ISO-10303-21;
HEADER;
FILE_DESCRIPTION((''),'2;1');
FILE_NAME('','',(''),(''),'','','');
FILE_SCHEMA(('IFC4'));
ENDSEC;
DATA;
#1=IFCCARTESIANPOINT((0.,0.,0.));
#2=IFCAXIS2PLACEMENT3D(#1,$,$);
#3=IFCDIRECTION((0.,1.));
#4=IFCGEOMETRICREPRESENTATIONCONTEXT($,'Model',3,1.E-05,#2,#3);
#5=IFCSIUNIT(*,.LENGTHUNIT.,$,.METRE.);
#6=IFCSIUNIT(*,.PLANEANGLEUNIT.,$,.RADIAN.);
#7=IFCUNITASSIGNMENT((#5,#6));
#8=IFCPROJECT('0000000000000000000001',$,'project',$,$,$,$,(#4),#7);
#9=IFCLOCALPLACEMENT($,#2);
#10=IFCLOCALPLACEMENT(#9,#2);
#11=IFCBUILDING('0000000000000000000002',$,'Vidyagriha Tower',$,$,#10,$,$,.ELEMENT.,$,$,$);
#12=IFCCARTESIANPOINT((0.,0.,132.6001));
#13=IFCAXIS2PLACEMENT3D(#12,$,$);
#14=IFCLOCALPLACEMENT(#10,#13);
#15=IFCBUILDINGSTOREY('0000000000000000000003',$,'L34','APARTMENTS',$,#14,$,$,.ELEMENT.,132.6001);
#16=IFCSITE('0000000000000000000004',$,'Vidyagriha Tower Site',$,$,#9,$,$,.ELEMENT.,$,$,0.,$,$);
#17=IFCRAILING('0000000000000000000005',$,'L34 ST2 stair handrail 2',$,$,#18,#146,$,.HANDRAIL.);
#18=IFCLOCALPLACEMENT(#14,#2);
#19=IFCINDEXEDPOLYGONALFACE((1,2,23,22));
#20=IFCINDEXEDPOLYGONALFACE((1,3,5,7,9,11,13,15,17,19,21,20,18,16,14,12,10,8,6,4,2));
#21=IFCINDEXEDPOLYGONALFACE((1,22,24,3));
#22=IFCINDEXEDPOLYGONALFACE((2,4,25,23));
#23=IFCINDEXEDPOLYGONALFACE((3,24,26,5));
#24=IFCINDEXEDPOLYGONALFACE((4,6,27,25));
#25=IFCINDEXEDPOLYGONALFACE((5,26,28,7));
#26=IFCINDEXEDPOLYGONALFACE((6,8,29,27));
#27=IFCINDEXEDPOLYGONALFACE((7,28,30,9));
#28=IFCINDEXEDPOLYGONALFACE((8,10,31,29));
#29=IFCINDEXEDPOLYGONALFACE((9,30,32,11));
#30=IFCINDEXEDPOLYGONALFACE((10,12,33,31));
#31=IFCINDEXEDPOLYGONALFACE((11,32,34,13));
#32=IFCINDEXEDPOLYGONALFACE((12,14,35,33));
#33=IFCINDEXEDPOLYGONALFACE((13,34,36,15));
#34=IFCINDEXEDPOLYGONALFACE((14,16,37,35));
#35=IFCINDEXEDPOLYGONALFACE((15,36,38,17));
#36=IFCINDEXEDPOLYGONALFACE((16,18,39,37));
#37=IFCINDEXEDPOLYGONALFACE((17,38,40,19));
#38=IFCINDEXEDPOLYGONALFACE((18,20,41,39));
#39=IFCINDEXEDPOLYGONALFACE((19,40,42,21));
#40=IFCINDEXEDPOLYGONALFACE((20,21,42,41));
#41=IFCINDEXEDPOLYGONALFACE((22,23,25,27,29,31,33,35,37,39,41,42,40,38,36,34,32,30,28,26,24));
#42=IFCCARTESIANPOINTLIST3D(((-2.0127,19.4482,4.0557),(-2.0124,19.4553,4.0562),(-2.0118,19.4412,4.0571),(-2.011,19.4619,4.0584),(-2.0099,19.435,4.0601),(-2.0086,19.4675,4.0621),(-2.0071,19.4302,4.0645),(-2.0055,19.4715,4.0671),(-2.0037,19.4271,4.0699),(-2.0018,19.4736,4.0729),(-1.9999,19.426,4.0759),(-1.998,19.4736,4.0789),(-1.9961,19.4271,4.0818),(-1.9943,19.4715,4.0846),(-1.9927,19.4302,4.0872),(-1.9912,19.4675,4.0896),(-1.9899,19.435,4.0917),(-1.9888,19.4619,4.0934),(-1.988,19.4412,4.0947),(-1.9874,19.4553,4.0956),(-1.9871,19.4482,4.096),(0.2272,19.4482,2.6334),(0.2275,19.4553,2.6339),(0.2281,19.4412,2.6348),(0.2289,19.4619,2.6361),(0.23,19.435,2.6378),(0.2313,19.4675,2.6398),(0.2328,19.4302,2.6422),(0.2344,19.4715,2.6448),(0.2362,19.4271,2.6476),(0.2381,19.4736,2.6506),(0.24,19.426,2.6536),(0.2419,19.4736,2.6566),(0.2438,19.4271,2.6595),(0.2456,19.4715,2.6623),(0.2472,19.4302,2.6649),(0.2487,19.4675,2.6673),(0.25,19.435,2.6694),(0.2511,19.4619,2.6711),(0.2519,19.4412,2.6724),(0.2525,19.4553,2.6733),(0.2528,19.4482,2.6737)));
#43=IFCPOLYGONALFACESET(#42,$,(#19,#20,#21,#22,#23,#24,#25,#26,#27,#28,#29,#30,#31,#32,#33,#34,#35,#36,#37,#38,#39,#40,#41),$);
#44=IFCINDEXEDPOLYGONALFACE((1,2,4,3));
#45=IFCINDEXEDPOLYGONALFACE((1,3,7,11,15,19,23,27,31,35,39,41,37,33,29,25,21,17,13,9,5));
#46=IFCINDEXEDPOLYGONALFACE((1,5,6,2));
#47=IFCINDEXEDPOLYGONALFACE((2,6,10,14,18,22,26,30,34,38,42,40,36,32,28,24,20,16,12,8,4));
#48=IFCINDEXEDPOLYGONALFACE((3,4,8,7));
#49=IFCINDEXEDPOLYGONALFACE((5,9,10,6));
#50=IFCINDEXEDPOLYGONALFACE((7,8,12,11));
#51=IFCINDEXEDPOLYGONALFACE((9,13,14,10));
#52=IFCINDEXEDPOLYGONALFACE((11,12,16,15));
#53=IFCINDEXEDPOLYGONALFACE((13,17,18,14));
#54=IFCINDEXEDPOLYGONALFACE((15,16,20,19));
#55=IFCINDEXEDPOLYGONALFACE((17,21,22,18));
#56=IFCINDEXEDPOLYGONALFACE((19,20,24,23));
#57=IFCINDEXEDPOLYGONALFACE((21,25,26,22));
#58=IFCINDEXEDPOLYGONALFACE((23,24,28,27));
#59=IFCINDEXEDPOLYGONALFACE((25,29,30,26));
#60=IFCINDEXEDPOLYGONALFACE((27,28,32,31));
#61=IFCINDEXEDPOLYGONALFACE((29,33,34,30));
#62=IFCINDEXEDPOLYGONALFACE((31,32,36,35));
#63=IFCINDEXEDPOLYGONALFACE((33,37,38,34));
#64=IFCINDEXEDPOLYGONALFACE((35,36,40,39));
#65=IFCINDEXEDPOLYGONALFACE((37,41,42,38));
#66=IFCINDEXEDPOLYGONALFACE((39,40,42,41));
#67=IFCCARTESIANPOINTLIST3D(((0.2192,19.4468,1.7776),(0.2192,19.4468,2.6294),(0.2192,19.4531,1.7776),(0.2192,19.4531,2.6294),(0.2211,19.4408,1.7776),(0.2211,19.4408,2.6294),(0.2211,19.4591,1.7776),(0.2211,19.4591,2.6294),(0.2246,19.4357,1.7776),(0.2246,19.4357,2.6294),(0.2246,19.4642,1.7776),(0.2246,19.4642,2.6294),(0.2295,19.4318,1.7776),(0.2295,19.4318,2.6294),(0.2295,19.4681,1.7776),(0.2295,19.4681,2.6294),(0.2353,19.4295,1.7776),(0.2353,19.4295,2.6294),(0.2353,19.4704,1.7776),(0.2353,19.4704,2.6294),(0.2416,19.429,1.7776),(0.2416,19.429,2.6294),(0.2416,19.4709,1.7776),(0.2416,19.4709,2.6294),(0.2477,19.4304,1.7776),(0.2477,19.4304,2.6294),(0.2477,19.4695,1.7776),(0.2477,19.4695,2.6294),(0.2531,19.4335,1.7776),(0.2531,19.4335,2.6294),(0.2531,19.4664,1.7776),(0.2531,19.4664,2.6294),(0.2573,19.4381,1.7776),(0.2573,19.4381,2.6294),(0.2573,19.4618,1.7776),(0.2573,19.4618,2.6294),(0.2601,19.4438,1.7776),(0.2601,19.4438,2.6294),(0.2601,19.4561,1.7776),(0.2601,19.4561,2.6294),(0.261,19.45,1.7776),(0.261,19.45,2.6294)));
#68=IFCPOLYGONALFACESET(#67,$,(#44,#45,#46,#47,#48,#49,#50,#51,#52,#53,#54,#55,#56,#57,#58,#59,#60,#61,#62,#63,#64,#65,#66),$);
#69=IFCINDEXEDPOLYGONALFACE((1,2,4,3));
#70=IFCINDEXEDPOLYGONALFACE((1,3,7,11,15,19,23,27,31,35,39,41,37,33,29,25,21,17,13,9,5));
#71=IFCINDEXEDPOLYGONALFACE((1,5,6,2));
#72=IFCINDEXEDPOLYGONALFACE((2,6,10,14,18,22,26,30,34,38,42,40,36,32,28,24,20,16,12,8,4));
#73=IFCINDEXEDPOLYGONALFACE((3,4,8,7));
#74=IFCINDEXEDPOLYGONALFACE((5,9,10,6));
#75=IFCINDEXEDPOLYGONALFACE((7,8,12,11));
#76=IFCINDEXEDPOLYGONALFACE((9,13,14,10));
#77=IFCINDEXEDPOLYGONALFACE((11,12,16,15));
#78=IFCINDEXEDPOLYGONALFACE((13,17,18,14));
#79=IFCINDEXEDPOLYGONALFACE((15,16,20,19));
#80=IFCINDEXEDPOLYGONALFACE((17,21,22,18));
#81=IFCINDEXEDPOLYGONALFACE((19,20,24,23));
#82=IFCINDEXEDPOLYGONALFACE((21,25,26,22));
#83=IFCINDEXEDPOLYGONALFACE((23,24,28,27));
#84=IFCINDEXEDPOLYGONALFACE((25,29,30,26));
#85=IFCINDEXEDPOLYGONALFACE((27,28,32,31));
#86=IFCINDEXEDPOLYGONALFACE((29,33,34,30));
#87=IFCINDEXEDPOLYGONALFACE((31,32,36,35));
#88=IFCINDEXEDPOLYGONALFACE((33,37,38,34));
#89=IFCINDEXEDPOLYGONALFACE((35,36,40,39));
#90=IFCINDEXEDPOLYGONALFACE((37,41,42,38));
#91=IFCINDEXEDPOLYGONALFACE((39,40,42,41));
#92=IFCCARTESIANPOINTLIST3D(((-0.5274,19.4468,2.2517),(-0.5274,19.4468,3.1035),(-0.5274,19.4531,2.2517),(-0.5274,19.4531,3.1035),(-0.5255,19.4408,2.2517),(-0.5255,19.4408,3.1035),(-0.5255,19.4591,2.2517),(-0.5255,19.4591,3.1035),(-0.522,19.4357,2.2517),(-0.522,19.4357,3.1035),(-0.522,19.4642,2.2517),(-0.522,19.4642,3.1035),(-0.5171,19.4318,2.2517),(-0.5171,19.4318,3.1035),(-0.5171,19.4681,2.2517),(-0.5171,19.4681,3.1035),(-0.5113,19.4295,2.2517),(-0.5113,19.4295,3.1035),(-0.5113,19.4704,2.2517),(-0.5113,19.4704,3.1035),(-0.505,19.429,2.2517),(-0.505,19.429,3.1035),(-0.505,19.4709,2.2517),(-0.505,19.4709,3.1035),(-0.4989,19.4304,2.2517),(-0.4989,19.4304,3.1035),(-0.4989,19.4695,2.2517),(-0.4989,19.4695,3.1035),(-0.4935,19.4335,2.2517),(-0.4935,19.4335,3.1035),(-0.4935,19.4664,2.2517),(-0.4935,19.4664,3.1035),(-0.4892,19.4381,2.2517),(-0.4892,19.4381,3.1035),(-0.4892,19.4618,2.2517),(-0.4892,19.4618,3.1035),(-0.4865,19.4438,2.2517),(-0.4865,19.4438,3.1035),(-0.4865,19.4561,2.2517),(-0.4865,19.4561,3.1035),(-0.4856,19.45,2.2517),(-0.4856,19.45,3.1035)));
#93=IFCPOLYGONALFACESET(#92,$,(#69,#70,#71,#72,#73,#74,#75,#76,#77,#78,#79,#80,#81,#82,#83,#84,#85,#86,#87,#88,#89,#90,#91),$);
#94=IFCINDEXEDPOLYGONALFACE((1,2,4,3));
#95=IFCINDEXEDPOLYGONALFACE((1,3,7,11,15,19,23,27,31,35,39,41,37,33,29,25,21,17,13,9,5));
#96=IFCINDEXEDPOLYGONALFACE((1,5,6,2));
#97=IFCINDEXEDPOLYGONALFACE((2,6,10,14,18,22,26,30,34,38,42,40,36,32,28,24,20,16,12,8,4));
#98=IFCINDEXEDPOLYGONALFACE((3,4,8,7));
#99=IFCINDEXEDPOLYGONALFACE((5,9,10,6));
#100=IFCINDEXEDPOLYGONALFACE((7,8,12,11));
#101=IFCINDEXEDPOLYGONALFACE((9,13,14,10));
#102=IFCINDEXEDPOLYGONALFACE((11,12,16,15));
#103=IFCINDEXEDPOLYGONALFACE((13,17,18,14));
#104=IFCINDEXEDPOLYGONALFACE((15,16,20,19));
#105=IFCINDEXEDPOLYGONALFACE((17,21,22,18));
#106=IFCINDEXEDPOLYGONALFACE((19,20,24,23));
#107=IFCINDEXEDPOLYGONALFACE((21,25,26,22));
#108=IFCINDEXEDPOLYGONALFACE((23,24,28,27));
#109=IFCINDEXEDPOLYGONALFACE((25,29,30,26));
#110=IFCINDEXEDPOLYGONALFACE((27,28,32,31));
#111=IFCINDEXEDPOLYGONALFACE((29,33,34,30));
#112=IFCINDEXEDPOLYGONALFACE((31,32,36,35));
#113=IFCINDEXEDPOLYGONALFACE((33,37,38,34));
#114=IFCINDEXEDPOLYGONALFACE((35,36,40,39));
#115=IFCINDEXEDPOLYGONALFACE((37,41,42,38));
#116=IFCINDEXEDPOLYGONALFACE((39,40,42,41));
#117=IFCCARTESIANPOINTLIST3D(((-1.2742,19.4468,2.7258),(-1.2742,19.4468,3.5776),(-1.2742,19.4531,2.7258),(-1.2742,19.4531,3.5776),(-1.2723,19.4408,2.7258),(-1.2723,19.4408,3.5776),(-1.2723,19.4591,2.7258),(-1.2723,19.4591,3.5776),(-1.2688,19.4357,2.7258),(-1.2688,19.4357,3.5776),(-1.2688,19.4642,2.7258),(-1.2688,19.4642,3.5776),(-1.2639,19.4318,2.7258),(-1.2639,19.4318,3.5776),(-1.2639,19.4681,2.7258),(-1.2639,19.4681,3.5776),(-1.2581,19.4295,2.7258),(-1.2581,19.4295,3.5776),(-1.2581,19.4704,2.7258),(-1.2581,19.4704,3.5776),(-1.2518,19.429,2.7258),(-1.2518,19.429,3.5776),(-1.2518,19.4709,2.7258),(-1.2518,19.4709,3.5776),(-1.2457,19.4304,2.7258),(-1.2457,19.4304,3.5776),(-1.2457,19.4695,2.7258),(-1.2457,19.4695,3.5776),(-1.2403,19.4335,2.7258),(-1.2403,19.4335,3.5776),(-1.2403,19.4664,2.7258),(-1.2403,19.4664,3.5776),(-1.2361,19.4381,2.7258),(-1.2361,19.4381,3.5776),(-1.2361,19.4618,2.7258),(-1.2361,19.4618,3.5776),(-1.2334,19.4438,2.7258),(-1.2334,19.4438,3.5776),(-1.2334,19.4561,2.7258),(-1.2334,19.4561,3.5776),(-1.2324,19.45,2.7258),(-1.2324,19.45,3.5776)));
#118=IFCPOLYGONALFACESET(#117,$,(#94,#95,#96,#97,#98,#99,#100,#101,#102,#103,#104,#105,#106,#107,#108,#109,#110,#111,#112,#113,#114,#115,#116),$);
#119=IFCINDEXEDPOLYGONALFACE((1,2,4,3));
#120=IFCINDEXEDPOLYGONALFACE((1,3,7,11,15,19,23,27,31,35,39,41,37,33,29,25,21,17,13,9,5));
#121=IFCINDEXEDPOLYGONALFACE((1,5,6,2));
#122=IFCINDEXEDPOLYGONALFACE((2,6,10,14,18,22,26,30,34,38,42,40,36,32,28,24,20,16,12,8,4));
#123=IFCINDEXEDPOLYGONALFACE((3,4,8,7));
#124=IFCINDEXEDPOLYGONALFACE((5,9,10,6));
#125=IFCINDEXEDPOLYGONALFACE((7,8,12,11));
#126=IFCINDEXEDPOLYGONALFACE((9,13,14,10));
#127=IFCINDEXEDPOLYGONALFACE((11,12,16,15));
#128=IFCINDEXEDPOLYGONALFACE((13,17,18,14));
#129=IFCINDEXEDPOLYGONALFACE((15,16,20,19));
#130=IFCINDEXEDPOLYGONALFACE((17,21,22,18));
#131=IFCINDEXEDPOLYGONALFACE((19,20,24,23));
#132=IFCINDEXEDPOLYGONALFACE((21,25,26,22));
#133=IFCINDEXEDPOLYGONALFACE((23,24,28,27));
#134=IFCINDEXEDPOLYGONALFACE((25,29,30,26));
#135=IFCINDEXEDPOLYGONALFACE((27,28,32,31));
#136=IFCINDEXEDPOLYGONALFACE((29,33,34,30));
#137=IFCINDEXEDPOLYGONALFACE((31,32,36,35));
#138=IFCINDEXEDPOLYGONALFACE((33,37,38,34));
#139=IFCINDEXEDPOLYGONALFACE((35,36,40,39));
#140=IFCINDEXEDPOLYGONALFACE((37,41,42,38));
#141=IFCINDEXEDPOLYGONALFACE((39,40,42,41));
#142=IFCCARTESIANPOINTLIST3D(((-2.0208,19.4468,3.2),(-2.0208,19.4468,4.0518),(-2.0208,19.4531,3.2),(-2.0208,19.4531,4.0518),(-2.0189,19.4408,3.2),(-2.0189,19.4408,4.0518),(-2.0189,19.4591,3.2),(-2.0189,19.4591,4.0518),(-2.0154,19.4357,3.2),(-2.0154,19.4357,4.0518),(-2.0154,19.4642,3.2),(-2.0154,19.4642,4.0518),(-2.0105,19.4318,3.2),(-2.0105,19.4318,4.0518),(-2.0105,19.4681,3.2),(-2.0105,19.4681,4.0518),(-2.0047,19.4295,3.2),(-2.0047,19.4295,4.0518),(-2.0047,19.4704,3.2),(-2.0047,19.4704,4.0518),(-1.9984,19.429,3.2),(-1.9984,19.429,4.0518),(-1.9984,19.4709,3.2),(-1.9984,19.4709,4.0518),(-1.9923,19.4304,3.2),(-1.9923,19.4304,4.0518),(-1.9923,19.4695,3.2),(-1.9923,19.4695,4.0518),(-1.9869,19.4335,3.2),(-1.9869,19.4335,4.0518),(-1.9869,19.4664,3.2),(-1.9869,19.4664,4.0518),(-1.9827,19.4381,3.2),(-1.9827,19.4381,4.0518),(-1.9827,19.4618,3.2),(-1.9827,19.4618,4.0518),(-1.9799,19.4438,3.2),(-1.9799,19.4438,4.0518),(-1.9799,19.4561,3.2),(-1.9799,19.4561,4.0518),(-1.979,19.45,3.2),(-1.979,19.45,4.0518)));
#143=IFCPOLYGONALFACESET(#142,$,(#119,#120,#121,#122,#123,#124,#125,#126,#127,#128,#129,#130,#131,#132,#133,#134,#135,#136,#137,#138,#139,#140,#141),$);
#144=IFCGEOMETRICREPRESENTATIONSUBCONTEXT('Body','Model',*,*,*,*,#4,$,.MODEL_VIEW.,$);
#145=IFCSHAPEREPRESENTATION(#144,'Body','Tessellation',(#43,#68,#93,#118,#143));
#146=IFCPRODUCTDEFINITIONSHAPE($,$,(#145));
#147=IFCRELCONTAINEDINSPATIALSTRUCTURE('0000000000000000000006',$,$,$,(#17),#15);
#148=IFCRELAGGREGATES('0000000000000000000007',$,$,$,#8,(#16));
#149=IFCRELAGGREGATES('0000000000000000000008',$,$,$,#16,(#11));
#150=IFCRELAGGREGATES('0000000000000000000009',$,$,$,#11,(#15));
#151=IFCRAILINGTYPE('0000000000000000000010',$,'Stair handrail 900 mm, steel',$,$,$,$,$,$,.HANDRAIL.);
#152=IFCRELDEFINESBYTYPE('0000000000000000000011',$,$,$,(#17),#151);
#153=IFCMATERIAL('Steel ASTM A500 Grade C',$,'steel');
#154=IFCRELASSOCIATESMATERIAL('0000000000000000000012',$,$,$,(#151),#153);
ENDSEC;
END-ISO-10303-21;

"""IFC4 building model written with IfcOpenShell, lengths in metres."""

from ifc_helpers import new_model, si_unit, direction, frame, origin, origin_2d, place, context, subcontext, project, spatial, circle, extrude, material, type_object, element, save


model = new_model("IFC4")

# Units and contexts
model_context = context("Model", 3, precision=1e-05, world=origin(), true_north=direction((0.0, 1.0)))
body_context = subcontext(model_context, "Body", "Model", "MODEL_VIEW")
ifc_project = project(units=[si_unit("LENGTHUNIT", "METRE"), si_unit("PLANEANGLEUNIT", "RADIAN")], contexts=[model_context])

# Site, building, storey
site_placement = place(None, origin())
site = spatial("IfcSite", under=ifc_project, at=site_placement, Name="Vidyagriha Tower Site", CompositionType="ELEMENT", RefElevation=0.0)
building_placement = place(site_placement, origin())
building = spatial("IfcBuilding", under=site, at=building_placement, Name="Vidyagriha Tower", CompositionType="ELEMENT")
storey_placement = place(building_placement, frame((0.0, 0.0, 132.6001)))
storey = spatial("IfcBuildingStorey", under=building, at=storey_placement, Name="L34", Description="APARTMENTS", CompositionType="ELEMENT", Elevation=132.6001)

# Railing
ifc_material_1 = material(Name="Steel ASTM A500 Grade C", Category="steel")
railing_type_1 = type_object("IfcRailingType", Name="Stair handrail 900 mm, steel", PredefinedType="HANDRAIL", material=ifc_material_1)
railing_1_placement = place(storey_placement, frame((0.24, 19.45, 1.7776)))
element("IfcRailing", 1, at=railing_1_placement, inside=storey, type_object=railing_type_1, Name="L34 ST2 stair handrail 2", PredefinedType="HANDRAIL", context=body_context, shape_type="SweptSolid", body=[
    extrude(circle(Radius=0.0239, at=origin_2d()), frame((0.0, 0.0, 0.876), z_axis=(-0.844188, 0.0, 0.536048), x_axis=(0.0, -1.0, 0.0)), (0.0, 0.0, 1.0), 2.6533),
    extrude(circle(Radius=0.021, at=origin_2d()), origin(), (0.0, 0.0, 1.0), 0.8518),
    extrude(circle(Radius=0.021, at=origin_2d()), frame((-0.7466, 0.0, 0.4741)), (0.0, 0.0, 1.0), 0.8518),
    extrude(circle(Radius=0.021, at=origin_2d()), frame((-1.4934, 0.0, 0.9482)), (0.0, 0.0, 1.0), 0.8518),
    extrude(circle(Radius=0.021, at=origin_2d()), frame((-2.24, 0.0, 1.4224)), (0.0, 0.0, 1.0), 0.8518),
])

save(model, "model.ifc")
